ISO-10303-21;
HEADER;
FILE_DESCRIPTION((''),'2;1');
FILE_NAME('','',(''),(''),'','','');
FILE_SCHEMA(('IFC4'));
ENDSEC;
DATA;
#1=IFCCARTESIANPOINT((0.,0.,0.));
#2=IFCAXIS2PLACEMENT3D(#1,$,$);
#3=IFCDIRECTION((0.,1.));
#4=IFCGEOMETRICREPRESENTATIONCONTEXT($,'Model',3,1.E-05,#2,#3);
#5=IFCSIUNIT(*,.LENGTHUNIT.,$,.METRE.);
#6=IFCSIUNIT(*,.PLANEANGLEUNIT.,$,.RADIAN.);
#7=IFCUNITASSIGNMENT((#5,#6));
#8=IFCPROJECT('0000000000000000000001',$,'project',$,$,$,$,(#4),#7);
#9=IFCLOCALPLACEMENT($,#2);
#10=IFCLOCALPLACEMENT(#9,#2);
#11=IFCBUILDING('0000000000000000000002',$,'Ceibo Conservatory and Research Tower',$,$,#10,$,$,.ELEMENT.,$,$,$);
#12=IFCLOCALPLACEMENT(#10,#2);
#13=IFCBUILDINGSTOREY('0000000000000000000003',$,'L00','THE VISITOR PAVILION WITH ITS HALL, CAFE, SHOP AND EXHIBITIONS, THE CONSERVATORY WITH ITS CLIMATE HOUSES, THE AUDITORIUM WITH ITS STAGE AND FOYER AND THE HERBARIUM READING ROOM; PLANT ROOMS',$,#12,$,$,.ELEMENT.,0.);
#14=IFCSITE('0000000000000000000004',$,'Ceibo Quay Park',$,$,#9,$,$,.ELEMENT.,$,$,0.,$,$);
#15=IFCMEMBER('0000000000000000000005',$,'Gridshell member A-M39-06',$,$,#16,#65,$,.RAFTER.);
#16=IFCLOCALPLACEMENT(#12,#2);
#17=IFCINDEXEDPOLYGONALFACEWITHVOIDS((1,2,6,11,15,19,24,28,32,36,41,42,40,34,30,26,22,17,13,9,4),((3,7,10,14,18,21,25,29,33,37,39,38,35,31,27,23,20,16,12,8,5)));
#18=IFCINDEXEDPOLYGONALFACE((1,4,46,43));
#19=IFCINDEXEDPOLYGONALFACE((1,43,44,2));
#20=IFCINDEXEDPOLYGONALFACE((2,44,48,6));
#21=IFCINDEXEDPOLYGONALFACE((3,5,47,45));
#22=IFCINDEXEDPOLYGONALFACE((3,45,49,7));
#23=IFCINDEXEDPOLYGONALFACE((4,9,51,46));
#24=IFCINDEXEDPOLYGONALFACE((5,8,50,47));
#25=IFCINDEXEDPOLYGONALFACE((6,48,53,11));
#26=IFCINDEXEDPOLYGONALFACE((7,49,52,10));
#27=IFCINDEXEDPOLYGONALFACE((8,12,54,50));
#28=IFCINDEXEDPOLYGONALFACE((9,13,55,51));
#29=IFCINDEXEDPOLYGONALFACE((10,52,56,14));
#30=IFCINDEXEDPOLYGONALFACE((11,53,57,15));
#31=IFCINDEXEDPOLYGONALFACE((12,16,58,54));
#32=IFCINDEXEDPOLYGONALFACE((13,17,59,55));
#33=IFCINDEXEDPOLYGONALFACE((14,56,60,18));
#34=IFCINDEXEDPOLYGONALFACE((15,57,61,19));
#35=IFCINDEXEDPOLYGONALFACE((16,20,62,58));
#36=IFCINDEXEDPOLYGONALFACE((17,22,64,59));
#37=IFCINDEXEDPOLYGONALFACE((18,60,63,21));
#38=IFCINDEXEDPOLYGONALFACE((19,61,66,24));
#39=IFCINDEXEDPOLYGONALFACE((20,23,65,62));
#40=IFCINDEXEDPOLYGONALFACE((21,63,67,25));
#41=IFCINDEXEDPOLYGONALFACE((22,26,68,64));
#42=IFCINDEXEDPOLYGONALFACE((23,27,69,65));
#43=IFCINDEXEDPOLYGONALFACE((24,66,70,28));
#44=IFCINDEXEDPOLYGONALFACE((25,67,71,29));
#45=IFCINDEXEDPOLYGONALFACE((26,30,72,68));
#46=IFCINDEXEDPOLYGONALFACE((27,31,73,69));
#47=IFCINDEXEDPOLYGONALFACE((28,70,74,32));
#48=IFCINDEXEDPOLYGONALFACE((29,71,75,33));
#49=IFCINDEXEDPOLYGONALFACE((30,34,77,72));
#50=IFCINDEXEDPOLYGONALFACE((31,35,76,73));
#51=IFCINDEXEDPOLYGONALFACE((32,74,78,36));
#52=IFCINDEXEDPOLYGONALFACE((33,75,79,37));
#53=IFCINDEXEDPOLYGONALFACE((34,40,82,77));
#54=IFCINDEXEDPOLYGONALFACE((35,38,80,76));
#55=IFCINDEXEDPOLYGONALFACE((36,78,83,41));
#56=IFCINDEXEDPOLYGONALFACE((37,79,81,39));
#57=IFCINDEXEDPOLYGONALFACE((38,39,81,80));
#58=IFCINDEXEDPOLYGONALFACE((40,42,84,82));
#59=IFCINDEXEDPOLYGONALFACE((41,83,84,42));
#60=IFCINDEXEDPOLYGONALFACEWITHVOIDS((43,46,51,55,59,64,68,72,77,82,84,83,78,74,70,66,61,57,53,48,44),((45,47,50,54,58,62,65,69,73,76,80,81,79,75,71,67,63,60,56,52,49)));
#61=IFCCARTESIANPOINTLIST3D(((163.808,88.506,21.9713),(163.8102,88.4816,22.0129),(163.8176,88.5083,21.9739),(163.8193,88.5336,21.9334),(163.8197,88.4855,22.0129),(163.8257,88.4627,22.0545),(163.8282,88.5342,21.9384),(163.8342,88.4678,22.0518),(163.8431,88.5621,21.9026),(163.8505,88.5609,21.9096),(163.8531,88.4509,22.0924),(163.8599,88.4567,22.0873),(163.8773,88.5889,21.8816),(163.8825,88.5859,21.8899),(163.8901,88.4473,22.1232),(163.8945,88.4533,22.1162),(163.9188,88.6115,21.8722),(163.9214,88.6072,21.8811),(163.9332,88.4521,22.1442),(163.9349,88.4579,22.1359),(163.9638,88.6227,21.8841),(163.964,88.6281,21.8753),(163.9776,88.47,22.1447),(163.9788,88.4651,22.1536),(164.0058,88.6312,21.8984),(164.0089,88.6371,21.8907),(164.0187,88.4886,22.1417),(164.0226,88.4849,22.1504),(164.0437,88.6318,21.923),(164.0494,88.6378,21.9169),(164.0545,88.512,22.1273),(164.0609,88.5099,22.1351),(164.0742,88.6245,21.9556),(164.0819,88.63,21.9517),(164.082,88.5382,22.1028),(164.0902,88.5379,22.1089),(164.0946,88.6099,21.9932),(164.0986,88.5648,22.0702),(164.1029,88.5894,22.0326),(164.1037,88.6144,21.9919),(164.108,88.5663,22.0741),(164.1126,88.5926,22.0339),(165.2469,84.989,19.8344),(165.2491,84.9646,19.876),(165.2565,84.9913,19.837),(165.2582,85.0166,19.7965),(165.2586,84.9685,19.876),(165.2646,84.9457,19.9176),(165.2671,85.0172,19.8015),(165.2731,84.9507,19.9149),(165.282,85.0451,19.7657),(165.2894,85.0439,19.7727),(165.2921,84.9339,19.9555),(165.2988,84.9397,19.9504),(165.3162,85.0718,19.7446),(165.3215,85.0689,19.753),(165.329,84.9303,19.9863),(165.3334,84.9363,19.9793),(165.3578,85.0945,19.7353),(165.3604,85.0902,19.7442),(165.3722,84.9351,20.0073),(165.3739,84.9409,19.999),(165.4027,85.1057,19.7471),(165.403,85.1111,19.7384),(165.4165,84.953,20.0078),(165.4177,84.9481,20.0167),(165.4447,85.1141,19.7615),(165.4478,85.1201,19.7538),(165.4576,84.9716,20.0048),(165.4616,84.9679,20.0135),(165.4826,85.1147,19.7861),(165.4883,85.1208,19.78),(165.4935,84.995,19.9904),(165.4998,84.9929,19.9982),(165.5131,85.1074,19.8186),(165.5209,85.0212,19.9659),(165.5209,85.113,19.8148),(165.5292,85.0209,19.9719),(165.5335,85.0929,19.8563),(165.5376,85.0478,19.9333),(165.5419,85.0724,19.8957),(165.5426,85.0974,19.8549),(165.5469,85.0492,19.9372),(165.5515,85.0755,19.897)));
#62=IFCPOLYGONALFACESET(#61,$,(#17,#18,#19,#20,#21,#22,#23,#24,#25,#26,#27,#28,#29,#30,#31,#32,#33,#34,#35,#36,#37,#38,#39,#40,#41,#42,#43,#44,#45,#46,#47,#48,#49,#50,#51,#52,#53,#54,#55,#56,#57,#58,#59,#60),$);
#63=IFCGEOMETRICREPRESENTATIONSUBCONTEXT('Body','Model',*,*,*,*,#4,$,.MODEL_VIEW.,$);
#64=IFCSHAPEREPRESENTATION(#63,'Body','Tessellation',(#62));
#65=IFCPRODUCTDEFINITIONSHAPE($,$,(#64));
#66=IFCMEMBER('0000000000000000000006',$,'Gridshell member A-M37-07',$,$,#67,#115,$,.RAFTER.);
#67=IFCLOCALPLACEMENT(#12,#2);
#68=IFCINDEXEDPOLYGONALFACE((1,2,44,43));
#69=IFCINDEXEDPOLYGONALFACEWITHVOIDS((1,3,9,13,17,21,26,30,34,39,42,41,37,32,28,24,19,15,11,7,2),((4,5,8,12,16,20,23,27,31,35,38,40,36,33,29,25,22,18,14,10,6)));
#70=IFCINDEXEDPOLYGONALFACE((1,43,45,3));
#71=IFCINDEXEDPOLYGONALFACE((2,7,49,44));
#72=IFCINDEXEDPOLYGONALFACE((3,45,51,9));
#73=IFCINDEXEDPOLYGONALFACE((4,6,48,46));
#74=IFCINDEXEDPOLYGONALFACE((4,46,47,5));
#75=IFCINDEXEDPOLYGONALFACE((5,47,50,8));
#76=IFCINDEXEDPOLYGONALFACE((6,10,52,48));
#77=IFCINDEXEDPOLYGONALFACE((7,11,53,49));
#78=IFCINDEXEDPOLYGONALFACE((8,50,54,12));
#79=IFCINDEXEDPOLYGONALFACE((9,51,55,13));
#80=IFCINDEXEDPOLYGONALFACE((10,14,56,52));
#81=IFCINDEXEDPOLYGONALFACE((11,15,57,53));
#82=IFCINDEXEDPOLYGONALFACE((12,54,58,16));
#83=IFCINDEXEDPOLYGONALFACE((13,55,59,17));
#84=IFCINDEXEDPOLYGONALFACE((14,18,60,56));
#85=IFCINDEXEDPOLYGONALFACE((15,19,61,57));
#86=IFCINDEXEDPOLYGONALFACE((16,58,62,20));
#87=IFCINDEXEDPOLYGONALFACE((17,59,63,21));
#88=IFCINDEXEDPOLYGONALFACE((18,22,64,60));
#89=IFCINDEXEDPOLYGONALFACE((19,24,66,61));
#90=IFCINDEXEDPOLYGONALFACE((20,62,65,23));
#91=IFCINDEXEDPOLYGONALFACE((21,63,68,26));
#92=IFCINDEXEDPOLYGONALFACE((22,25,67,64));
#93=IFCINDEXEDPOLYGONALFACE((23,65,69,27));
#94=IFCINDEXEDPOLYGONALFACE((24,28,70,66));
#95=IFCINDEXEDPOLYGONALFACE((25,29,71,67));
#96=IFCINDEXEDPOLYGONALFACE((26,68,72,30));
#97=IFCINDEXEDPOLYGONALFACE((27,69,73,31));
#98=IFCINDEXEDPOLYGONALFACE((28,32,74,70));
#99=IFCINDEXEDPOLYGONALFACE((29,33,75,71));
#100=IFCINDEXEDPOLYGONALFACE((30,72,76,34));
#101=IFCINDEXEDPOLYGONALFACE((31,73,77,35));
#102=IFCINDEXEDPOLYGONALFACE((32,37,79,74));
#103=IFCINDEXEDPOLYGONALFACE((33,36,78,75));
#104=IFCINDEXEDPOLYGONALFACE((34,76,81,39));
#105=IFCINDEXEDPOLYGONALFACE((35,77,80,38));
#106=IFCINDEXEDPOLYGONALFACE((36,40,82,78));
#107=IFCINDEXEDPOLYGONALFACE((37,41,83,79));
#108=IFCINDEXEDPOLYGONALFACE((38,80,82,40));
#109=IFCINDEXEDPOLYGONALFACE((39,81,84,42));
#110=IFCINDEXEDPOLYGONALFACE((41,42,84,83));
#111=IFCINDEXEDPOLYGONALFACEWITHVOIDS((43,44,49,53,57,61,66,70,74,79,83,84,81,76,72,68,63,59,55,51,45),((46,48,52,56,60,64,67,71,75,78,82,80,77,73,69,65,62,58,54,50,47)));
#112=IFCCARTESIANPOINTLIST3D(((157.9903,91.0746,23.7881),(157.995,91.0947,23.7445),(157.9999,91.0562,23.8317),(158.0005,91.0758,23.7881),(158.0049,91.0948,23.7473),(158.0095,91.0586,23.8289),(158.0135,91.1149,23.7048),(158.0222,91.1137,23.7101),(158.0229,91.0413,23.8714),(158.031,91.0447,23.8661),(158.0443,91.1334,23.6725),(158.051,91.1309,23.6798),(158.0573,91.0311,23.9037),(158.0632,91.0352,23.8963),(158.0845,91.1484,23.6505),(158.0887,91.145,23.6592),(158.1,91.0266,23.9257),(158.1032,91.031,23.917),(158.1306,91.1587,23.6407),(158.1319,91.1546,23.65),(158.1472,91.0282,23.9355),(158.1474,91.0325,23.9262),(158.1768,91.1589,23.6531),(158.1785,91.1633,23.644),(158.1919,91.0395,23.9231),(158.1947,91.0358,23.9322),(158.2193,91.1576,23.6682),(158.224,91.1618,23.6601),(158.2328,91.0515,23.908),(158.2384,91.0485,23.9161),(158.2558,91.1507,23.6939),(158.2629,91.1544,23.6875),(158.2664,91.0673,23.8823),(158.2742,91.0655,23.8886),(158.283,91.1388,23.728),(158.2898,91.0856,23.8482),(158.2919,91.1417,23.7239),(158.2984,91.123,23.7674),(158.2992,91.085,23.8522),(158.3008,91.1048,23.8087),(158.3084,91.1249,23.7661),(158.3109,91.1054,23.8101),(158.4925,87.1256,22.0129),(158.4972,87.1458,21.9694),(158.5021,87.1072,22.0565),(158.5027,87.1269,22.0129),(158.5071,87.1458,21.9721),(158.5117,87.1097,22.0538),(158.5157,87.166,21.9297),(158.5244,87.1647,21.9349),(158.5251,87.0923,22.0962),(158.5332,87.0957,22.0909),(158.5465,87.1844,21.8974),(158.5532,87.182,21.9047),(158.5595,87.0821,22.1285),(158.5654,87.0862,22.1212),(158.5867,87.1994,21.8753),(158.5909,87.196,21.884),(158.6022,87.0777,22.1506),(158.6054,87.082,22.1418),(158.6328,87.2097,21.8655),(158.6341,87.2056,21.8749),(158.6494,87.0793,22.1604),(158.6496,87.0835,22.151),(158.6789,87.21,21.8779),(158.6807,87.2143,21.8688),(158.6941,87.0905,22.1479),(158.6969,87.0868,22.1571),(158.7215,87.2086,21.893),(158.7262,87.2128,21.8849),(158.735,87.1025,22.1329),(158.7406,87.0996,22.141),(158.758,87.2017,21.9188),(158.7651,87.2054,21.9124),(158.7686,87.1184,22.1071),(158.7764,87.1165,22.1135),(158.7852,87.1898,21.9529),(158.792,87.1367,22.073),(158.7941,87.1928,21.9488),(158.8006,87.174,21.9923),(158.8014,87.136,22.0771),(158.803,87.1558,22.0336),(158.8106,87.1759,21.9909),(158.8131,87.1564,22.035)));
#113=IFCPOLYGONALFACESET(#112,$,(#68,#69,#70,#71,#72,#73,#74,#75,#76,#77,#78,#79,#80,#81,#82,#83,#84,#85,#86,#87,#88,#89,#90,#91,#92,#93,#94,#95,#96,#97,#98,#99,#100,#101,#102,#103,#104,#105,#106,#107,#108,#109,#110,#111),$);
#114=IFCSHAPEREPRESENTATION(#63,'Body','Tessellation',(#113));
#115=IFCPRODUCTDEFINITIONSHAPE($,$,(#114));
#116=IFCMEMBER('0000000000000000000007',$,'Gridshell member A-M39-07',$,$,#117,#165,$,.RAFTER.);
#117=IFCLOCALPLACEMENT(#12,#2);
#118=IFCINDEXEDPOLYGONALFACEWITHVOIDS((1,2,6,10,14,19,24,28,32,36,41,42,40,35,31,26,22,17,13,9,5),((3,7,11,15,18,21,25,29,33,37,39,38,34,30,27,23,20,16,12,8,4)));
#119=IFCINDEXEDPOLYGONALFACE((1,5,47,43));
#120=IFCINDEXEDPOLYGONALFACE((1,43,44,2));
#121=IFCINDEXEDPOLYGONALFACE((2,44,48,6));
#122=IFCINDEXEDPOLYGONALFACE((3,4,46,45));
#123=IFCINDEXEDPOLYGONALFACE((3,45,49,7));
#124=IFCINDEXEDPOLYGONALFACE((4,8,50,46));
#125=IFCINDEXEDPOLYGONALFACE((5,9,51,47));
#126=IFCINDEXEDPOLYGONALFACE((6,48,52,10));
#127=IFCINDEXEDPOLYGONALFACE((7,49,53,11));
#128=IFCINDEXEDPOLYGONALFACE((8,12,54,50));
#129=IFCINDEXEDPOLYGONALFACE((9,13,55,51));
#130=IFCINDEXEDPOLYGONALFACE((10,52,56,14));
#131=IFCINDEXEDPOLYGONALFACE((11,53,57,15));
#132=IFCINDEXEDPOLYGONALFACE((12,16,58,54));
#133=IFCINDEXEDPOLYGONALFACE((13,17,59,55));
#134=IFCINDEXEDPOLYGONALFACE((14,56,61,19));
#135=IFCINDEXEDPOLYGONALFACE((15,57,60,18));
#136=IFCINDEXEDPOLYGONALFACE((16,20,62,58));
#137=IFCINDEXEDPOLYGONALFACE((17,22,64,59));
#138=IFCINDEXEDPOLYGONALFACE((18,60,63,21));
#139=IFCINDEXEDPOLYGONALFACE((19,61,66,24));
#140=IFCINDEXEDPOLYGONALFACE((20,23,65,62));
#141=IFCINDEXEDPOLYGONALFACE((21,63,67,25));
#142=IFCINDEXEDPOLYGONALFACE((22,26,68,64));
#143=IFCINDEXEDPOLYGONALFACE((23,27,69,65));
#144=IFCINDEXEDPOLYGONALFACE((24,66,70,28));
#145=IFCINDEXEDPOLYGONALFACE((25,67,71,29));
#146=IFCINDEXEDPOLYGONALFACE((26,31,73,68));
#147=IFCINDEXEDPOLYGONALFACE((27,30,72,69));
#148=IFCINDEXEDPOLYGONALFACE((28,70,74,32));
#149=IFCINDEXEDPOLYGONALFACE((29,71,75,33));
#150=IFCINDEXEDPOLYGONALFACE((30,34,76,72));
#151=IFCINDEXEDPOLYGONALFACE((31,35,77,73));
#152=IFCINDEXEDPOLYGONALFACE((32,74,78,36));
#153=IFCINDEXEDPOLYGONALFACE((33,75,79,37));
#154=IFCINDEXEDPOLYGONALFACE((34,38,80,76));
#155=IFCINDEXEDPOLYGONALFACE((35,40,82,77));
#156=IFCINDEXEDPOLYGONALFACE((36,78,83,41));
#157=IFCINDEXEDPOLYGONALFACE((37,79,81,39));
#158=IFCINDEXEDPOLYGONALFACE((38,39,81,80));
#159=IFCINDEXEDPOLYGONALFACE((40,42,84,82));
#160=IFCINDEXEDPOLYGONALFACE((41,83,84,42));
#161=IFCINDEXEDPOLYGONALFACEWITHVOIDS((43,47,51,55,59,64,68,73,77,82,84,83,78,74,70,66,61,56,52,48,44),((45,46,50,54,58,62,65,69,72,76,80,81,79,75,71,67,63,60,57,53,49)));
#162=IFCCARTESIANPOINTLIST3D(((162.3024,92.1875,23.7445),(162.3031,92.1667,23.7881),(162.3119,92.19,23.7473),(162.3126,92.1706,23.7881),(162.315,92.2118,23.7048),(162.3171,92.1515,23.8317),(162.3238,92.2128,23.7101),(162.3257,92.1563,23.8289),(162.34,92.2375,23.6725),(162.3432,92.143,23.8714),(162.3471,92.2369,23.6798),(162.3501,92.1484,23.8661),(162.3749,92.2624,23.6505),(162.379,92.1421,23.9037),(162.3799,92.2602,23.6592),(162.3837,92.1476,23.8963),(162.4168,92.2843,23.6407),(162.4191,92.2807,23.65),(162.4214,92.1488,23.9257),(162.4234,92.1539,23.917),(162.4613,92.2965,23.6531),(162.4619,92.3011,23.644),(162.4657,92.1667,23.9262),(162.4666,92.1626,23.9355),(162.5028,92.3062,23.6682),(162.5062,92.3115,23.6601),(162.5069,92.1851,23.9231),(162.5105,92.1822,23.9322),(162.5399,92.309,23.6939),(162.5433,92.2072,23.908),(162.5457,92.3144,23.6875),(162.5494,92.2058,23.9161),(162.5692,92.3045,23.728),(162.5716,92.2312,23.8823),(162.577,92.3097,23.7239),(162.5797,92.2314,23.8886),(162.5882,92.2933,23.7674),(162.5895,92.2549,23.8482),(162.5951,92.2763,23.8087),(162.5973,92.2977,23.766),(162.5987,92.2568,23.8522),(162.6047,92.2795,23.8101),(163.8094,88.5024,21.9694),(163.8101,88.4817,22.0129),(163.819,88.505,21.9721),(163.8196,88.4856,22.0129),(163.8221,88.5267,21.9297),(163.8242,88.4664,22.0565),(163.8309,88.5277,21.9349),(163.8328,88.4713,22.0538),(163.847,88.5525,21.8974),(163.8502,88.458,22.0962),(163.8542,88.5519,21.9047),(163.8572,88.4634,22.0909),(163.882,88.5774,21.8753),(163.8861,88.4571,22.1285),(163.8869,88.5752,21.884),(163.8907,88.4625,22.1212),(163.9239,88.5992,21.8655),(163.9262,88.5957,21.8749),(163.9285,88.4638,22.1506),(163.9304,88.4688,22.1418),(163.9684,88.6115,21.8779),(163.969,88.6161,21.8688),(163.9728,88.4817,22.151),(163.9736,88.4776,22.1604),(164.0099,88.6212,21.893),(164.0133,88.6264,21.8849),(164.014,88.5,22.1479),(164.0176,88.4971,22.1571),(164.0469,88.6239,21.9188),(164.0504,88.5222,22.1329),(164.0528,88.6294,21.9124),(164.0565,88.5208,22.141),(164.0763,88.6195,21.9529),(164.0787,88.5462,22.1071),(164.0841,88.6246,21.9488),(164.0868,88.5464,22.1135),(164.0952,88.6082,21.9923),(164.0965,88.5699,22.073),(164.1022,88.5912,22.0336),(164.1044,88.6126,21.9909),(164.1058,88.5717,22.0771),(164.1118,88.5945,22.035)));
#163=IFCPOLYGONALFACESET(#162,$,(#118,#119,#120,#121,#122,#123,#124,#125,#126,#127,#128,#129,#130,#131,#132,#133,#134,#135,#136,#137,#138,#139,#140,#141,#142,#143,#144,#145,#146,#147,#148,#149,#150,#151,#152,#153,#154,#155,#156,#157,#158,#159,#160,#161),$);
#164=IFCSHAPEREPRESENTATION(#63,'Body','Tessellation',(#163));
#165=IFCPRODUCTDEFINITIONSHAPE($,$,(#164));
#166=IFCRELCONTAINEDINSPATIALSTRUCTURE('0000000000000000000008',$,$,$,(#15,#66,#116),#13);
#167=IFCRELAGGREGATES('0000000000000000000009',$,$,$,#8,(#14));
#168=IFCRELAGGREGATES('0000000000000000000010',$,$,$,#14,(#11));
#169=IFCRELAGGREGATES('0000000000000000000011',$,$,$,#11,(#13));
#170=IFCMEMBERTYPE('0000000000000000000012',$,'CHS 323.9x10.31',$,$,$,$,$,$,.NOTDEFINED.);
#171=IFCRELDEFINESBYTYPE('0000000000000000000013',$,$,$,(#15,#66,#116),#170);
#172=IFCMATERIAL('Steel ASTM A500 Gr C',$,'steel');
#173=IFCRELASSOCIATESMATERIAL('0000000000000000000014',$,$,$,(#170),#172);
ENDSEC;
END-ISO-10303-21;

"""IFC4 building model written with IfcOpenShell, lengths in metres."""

from ifc_helpers import new_model, si_unit, direction, frame, origin, origin_2d, place, context, subcontext, project, spatial, hollow_circle, extrude, material, material_profile, profile_set, type_object, element, save


model = new_model("IFC4")

# Units and contexts
model_context = context("Model", 3, precision=1e-05, world=origin(), true_north=direction((0.0, 1.0)))
body_context = subcontext(model_context, "Body", "Model", "MODEL_VIEW")
ifc_project = project(units=[si_unit("LENGTHUNIT", "METRE"), si_unit("PLANEANGLEUNIT", "RADIAN")], contexts=[model_context])

# Site, building, storey
site_placement = place(None, origin())
site = spatial("IfcSite", under=ifc_project, at=site_placement, Name="Ceibo Quay Park", CompositionType="ELEMENT", RefElevation=0.0)
building_placement = place(site_placement, origin())
building = spatial("IfcBuilding", under=site, at=building_placement, Name="Ceibo Conservatory and Research Tower", CompositionType="ELEMENT")
storey_placement = place(building_placement, origin())
storey = spatial("IfcBuildingStorey", under=building, at=storey_placement, Name="L00", Description="THE VISITOR PAVILION WITH ITS HALL, CAFE, SHOP AND EXHIBITIONS, THE CONSERVATORY WITH ITS CLIMATE HOUSES, THE AUDITORIUM WITH ITS STAGE AND FOYER AND THE HERBARIUM READING ROOM; PLANT ROOMS", CompositionType="ELEMENT", Elevation=0.0)

# Members
ifc_material_1 = material(Name="Steel ASTM A500 Gr C", Category="steel")
ifc_material_profile_1 = material_profile(ifc_material_1, hollow_circle(Radius=0.1619, WallThickness=0.0103, at=origin_2d()), Name="CHS 323.9x10.31")
ifc_profile_set_1 = profile_set([ifc_material_profile_1], Name="Steel ASTM A500 Gr C")
member_type_1 = type_object("IfcMemberType", Name="CHS 323.9x10.31", PredefinedType="NOTDEFINED", material=ifc_profile_set_1)
member_1_placement = place(storey_placement, frame((165.3989, 85.0259, 19.876), z_axis=(-0.330059, 0.806724, 0.490161), x_axis=(-0.925533, -0.378668, 0.0)))
element("IfcMember", 1, at=member_1_placement, inside=storey, type_object=member_type_1, Name="Gridshell member A-M39-06", PredefinedType="RAFTER", context=body_context, shape_type="SweptSolid", body=[
    extrude(hollow_circle(Radius=0.1619, WallThickness=0.0103, at=origin_2d()), origin(), (0.0, 0.0, 1.0), 4.3596),
])
member_2_placement = place(storey_placement, frame((158.6531, 87.146, 22.0129), z_axis=(-0.115219, 0.906011, 0.407271), x_axis=(-0.99201, -0.126156, 0.0)))
element("IfcMember", 2, at=member_2_placement, inside=storey, type_object=member_type_1, Name="Gridshell member A-M37-07", PredefinedType="RAFTER", context=body_context, shape_type="SweptSolid", body=[
    extrude(hollow_circle(Radius=0.1619, WallThickness=0.0103, at=origin_2d()), origin(), (0.0, 0.0, 1.0), 4.3586),
])
member_3_placement = place(storey_placement, frame((163.96, 88.543, 22.0129), z_axis=(-0.345729, 0.845364, 0.407224), x_axis=(-0.925586, -0.378537, 0.0)))
element("IfcMember", 3, at=member_3_placement, inside=storey, type_object=member_type_1, Name="Gridshell member A-M39-07", PredefinedType="RAFTER", context=body_context, shape_type="SweptSolid", body=[
    extrude(hollow_circle(Radius=0.1619, WallThickness=0.0103, at=origin_2d()), origin(), (0.0, 0.0, 1.0), 4.3591),
])

save(model, "model.ifc")
